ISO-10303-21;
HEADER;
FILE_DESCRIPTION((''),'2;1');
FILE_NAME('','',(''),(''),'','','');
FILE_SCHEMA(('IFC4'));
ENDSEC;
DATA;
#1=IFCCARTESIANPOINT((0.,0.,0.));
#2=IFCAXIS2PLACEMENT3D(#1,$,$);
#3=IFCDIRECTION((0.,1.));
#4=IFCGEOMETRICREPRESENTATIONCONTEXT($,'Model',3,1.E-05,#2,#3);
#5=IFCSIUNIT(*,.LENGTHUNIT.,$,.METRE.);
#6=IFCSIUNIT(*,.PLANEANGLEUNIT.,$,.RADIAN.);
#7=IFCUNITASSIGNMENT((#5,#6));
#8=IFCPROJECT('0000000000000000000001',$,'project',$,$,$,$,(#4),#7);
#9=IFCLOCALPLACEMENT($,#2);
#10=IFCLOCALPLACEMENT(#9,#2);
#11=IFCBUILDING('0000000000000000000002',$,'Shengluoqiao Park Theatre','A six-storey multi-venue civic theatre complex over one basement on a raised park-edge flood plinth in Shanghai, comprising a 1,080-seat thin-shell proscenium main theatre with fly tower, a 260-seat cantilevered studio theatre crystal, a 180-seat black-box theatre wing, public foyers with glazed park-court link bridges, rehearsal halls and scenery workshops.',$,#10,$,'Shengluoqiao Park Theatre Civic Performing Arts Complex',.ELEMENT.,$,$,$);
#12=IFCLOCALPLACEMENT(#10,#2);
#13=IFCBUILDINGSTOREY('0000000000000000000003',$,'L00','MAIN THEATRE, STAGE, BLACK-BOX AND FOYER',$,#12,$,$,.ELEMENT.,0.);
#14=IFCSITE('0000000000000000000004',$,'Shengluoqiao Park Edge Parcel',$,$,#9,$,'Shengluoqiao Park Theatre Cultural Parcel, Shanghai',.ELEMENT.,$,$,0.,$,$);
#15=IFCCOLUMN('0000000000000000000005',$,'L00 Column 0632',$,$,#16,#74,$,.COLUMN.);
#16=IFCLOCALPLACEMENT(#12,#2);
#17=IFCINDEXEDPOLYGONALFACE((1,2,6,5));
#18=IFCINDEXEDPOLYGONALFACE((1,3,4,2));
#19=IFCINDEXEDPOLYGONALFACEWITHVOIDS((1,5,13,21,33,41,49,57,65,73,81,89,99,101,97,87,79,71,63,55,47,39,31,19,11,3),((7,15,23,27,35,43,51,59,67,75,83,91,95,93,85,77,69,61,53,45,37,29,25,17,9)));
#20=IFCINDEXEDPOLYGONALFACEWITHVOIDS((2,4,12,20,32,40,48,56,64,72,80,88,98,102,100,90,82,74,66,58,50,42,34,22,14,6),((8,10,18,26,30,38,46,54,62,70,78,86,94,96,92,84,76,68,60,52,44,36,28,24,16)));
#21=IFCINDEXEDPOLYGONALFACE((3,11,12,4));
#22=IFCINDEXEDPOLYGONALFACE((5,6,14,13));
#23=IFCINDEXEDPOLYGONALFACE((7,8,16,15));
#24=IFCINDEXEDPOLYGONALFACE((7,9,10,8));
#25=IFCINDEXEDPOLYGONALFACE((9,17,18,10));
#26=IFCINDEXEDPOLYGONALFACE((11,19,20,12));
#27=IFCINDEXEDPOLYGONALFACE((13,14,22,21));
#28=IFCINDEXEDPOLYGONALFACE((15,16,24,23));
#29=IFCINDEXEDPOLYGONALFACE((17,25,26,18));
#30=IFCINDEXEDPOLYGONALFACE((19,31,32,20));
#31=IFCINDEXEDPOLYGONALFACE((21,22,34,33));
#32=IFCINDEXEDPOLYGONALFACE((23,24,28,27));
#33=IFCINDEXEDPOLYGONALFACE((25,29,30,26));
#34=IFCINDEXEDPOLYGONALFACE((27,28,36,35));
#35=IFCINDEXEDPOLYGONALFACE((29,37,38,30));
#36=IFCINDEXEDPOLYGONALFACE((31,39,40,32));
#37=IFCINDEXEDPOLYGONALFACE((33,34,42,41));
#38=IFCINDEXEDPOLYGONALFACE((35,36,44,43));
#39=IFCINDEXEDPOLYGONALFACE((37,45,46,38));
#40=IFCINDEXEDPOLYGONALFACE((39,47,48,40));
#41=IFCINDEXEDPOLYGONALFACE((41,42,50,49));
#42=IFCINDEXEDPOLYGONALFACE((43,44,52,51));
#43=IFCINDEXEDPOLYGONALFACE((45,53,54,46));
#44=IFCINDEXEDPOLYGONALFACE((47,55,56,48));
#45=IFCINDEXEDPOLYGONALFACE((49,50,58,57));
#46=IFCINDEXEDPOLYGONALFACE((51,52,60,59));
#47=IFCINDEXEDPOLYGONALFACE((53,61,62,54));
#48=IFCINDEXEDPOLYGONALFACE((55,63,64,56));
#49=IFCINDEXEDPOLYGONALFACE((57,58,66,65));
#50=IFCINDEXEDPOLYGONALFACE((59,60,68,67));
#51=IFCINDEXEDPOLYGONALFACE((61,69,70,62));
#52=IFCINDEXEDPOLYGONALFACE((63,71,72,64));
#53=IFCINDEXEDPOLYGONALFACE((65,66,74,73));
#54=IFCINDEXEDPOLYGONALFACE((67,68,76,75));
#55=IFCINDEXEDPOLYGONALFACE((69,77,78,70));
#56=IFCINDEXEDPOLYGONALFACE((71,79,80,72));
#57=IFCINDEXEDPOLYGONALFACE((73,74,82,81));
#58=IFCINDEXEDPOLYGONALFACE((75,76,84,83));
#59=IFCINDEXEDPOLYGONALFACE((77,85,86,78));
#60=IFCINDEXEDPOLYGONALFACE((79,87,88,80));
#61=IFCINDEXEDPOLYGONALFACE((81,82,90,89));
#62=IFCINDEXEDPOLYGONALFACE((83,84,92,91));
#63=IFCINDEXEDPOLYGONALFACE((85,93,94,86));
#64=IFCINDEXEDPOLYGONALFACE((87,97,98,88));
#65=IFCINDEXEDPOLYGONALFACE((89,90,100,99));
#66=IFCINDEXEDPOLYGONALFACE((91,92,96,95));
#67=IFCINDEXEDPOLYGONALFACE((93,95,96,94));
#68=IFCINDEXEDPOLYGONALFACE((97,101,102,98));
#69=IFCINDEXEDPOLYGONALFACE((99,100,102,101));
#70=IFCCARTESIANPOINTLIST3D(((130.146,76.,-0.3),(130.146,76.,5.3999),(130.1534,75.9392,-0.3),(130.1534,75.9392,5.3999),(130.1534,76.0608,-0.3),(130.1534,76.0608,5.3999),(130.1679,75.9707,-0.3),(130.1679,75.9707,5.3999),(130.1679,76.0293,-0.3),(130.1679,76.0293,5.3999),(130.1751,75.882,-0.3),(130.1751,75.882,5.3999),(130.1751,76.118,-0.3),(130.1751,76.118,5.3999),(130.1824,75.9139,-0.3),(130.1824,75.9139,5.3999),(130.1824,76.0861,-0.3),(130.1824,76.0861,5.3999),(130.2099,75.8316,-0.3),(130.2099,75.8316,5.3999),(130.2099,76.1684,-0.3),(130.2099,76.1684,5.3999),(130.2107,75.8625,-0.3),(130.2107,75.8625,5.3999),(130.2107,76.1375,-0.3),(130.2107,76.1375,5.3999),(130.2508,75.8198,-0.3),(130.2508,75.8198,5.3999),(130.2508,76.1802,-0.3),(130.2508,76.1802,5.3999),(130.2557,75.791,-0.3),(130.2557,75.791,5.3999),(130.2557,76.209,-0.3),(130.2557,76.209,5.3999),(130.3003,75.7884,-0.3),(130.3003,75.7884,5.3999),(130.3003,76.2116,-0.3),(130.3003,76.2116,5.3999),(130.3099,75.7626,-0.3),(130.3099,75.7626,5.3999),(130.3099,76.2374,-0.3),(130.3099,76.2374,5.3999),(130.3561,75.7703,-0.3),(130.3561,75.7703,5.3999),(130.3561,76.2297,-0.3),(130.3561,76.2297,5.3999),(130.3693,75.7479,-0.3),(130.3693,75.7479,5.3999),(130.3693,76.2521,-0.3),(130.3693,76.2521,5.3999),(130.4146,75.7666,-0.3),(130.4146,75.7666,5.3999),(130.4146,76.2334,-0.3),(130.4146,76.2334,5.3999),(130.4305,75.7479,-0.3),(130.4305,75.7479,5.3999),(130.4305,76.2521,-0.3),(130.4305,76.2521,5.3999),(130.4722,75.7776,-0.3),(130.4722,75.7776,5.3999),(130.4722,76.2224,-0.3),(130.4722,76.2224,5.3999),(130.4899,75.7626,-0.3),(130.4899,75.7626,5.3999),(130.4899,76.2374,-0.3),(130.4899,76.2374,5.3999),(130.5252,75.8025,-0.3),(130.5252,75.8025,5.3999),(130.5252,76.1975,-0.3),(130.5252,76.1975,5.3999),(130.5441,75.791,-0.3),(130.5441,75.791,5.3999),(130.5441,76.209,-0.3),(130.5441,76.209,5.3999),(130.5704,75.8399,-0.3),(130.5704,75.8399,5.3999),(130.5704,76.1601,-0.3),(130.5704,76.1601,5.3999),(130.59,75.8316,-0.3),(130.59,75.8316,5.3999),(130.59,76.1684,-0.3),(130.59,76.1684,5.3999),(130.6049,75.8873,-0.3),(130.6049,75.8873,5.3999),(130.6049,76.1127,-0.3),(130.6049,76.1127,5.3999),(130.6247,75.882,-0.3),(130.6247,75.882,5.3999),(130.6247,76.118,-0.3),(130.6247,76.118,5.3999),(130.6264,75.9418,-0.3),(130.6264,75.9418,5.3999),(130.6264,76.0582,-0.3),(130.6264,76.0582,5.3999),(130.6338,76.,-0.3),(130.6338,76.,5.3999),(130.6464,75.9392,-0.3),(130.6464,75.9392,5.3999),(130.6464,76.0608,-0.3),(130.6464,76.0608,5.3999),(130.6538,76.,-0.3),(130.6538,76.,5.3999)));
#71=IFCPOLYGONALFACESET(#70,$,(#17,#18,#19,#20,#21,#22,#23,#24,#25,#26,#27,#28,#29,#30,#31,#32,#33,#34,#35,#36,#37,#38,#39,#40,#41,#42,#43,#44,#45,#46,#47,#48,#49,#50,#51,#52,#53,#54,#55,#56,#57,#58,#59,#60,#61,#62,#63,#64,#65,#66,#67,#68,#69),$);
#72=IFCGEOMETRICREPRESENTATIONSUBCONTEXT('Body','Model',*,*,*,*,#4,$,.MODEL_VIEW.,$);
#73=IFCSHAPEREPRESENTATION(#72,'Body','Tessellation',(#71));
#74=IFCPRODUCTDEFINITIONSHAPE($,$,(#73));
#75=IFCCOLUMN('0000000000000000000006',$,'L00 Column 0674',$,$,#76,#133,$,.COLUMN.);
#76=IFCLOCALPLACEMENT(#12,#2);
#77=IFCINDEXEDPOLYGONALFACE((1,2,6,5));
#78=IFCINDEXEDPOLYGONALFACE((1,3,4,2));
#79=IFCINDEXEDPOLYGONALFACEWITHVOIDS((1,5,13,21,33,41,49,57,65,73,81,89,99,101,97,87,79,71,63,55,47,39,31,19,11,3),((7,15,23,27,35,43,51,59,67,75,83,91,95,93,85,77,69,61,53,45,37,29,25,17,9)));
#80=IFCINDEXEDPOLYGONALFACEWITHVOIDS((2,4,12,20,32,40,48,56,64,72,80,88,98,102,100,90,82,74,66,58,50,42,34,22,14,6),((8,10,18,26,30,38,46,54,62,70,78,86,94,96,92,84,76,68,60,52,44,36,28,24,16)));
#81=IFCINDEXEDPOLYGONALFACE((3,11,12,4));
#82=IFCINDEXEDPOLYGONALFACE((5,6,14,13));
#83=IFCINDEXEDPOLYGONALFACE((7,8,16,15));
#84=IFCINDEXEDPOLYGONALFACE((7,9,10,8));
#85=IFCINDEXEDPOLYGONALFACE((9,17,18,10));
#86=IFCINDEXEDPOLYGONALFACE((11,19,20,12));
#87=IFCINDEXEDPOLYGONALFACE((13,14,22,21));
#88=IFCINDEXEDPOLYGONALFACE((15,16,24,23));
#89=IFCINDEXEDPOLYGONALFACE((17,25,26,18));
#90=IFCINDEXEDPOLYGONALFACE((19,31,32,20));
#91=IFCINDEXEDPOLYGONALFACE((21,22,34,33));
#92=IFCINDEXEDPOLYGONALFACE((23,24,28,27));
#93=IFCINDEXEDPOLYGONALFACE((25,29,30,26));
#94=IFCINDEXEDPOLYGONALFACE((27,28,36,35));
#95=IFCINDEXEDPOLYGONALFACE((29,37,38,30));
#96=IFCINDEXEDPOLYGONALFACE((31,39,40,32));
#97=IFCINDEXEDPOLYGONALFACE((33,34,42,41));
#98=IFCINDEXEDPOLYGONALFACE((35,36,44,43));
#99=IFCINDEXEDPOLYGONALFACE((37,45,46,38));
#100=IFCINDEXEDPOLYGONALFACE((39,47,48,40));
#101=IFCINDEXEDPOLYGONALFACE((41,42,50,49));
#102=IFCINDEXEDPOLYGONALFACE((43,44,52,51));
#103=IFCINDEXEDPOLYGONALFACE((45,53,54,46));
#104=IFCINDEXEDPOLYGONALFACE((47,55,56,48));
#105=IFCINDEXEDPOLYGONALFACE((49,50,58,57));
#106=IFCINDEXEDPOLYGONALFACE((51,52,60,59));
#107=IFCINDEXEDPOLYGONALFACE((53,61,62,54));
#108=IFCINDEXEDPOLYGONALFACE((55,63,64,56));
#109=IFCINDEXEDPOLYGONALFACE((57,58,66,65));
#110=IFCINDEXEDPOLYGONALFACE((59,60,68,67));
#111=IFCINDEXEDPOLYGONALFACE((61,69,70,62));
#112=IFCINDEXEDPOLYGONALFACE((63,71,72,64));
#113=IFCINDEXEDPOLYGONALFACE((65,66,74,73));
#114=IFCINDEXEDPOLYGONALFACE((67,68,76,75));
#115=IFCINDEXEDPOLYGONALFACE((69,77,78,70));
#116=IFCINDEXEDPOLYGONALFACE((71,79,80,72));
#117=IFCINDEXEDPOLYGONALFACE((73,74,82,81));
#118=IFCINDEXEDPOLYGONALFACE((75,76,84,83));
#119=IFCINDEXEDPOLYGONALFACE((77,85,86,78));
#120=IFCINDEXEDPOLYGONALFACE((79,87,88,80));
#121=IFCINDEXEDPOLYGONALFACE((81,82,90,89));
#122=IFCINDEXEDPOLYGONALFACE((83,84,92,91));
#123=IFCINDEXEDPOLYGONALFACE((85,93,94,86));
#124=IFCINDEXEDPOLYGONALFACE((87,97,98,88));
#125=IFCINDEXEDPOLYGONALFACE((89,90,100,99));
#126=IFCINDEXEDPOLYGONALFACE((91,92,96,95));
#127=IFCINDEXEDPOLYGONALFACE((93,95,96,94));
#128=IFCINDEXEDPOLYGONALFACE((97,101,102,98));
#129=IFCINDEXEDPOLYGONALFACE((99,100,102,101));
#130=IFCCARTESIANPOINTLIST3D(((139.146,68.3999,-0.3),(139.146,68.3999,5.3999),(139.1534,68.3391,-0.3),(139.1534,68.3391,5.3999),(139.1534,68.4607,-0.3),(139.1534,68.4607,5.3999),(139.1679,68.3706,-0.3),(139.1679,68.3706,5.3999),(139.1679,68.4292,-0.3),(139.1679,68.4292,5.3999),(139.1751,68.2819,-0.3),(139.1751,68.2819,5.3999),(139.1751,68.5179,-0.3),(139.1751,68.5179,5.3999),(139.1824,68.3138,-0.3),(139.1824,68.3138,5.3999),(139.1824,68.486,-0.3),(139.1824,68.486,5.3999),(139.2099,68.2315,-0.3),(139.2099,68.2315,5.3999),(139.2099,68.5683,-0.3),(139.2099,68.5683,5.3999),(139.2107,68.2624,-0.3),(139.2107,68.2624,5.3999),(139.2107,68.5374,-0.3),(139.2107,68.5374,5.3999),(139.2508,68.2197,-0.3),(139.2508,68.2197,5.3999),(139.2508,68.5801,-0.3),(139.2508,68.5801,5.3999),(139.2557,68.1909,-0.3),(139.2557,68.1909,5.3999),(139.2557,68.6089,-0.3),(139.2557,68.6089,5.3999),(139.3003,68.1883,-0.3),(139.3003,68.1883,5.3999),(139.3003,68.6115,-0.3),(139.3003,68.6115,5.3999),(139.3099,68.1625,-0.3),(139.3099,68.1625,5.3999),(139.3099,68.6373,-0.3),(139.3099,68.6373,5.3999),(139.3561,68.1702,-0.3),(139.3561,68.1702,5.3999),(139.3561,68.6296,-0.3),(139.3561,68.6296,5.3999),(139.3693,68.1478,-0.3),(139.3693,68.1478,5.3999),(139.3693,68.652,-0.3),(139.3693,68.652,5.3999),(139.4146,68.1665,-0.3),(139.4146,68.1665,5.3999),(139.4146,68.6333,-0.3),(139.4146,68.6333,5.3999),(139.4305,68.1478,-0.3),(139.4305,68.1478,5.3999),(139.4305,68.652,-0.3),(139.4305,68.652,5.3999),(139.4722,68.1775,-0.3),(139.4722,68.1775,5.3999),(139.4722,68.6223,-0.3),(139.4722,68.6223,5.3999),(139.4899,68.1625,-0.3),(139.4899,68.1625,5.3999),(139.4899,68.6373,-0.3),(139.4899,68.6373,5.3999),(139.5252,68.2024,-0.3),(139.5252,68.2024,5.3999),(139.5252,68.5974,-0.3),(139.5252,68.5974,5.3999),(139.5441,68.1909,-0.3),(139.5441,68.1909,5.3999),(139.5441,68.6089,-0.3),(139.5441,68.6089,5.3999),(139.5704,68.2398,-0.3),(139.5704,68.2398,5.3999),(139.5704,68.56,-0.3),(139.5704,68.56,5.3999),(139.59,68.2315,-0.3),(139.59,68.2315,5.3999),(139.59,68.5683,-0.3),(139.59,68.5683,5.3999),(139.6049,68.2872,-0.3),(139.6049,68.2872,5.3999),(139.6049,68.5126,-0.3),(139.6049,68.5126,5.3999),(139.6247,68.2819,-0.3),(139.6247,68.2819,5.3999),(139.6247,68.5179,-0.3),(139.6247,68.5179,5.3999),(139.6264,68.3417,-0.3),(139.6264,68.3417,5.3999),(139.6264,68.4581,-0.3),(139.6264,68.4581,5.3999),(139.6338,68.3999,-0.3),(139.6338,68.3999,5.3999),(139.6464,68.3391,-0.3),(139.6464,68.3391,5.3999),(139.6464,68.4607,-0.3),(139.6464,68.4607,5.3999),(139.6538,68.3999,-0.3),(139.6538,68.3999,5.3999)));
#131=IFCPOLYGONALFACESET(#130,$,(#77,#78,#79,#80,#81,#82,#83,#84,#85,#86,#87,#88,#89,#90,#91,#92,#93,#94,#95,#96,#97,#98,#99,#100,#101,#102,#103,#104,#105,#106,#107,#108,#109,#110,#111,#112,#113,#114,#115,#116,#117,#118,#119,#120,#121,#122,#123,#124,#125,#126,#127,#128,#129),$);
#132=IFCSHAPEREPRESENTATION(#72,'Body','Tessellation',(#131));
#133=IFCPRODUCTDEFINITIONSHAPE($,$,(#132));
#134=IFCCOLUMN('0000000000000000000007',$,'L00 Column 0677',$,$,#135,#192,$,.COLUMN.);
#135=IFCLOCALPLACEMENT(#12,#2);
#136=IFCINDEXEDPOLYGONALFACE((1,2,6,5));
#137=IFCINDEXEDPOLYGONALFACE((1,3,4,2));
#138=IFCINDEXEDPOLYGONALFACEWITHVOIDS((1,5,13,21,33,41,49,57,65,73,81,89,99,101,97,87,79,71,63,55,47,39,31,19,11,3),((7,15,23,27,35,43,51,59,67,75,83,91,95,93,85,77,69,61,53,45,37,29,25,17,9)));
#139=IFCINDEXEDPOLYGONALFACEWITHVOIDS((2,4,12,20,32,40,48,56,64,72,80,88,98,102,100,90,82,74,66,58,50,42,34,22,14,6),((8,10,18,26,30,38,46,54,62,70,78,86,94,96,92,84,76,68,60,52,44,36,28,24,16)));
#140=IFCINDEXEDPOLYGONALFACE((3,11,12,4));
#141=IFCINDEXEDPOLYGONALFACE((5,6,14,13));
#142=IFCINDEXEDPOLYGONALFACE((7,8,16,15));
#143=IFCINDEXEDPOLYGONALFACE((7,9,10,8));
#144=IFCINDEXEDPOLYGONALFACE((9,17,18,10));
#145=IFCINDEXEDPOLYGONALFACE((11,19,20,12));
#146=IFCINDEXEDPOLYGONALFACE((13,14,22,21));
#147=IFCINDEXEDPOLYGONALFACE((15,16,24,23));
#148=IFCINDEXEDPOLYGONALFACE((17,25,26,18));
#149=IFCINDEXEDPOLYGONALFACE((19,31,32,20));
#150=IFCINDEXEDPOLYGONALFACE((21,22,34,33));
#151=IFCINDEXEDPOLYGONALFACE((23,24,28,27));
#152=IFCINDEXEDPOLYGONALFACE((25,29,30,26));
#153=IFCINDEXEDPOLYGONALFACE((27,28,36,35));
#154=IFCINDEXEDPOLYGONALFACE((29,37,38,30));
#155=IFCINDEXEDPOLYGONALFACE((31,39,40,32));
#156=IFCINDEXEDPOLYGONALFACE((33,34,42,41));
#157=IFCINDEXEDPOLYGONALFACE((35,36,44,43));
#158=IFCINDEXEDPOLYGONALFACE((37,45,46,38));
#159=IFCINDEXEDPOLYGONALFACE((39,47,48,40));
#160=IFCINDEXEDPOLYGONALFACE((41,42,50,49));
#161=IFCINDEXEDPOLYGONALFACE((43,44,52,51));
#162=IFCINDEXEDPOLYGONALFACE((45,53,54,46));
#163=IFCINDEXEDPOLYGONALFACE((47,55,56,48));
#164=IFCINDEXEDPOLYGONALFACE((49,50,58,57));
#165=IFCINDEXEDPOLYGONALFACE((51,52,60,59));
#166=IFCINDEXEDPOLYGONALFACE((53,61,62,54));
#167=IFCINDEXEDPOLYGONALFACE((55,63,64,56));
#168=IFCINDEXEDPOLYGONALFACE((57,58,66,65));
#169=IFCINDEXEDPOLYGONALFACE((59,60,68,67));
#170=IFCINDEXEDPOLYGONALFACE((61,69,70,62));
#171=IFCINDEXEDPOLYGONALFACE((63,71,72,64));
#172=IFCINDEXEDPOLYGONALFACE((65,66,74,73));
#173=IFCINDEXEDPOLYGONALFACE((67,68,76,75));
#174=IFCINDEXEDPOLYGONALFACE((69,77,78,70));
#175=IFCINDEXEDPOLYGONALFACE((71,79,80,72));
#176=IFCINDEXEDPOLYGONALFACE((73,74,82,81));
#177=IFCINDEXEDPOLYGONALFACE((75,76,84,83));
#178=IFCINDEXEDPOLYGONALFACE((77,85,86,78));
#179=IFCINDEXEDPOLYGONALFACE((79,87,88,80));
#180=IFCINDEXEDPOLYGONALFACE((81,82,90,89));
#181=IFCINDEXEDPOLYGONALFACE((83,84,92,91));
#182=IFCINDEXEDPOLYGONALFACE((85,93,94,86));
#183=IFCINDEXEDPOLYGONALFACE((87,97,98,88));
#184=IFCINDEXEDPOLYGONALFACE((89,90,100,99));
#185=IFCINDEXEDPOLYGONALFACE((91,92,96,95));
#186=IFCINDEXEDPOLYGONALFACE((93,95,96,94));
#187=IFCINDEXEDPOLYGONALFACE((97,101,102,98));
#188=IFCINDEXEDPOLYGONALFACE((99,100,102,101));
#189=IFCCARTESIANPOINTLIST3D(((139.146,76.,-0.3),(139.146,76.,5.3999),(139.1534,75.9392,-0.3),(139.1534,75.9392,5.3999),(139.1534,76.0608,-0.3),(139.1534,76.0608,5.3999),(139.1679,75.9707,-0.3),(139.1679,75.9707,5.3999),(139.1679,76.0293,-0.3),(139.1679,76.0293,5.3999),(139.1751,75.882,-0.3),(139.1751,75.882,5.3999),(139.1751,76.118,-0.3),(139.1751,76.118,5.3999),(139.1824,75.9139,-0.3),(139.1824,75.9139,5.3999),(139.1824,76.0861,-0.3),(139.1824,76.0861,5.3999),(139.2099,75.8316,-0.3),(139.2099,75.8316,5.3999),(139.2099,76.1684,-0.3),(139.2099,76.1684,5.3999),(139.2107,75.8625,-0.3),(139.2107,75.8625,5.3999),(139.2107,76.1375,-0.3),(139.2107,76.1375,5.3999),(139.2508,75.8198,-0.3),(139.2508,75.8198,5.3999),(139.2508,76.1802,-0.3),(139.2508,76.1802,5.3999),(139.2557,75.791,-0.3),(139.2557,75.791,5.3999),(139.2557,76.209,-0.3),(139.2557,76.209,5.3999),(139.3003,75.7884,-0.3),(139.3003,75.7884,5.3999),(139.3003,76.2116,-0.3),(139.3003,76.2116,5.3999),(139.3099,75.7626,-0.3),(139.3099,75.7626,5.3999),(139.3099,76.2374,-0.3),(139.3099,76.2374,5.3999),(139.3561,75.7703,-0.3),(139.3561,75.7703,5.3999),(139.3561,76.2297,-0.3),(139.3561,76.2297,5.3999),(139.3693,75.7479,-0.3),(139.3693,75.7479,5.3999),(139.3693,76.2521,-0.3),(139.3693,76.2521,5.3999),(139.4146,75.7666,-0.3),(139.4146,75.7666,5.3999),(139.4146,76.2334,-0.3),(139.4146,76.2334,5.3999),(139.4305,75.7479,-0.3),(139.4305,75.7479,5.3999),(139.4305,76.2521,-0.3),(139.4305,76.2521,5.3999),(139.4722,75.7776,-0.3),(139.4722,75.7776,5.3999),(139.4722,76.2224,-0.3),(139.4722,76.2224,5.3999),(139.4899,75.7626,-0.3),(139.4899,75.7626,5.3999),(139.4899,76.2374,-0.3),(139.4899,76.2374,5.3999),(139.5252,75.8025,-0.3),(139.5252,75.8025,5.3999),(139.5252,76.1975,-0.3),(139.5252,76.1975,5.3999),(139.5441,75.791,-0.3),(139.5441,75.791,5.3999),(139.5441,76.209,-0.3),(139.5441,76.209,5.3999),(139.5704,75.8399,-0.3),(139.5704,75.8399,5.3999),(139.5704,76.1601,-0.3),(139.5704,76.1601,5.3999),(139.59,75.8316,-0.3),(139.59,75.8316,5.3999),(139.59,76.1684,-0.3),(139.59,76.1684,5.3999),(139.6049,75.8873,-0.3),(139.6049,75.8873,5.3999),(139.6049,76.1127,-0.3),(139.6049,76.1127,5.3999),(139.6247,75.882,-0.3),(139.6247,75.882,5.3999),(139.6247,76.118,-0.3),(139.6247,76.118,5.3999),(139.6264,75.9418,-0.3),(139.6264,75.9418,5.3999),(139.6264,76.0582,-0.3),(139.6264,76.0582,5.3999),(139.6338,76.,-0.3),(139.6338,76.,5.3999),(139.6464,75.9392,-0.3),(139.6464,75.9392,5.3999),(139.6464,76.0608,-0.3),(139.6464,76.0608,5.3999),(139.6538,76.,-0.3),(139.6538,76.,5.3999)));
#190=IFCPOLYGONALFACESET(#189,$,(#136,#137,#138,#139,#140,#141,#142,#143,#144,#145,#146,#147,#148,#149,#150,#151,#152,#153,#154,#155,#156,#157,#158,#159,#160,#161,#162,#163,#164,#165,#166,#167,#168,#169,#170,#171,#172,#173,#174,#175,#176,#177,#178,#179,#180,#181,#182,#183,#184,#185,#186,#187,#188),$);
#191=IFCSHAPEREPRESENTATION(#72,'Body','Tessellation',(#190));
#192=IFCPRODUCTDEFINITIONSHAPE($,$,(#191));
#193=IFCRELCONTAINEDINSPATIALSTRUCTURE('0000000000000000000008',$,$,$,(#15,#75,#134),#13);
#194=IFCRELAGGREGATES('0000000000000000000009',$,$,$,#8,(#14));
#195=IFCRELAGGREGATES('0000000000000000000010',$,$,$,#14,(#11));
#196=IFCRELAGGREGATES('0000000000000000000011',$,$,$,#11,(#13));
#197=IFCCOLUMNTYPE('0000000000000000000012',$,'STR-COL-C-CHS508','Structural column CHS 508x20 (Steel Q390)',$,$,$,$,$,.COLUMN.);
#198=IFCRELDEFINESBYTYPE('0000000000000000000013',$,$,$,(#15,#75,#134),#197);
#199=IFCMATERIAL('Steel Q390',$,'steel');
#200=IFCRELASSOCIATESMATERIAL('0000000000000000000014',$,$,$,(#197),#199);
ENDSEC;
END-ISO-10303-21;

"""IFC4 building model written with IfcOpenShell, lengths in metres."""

from ifc_helpers import new_model, si_unit, direction, frame, origin, origin_2d, place, context, subcontext, project, spatial, hollow_circle, extrude, material, material_profile, profile_set, type_object, element, save


model = new_model("IFC4")

# Units and contexts
model_context = context("Model", 3, precision=1e-05, world=origin(), true_north=direction((0.0, 1.0)))
body_context = subcontext(model_context, "Body", "Model", "MODEL_VIEW")
ifc_project = project(units=[si_unit("LENGTHUNIT", "METRE"), si_unit("PLANEANGLEUNIT", "RADIAN")], contexts=[model_context])

# Site, building, storey
site_placement = place(None, origin())
site = spatial("IfcSite", under=ifc_project, at=site_placement, Name="Shengluoqiao Park Edge Parcel", LongName="Shengluoqiao Park Theatre Cultural Parcel, Shanghai", CompositionType="ELEMENT", RefElevation=0.0)
building_placement = place(site_placement, origin())
building = spatial("IfcBuilding", under=site, at=building_placement, Name="Shengluoqiao Park Theatre", Description="A six-storey multi-venue civic theatre complex over one basement on a raised park-edge flood plinth in Shanghai, comprising a 1,080-seat thin-shell proscenium main theatre with fly tower, a 260-seat cantilevered studio theatre crystal, a 180-seat black-box theatre wing, public foyers with glazed park-court link bridges, rehearsal halls and scenery workshops.", LongName="Shengluoqiao Park Theatre Civic Performing Arts Complex", CompositionType="ELEMENT")
storey_placement = place(building_placement, origin())
storey = spatial("IfcBuildingStorey", under=building, at=storey_placement, Name="L00", Description="MAIN THEATRE, STAGE, BLACK-BOX AND FOYER", CompositionType="ELEMENT", Elevation=0.0)

# Columns
ifc_material_1 = material(Name="Steel Q390", Category="steel")
ifc_material_profile_1 = material_profile(ifc_material_1, hollow_circle(Radius=0.2539, WallThickness=0.02, at=origin_2d()), Name="CHS 508x20")
ifc_profile_set_1 = profile_set([ifc_material_profile_1], Name="Steel Q390")
column_type_1 = type_object("IfcColumnType", Name="STR-COL-C-CHS508", Description="Structural column CHS 508x20 (Steel Q390)", PredefinedType="COLUMN", material=ifc_profile_set_1)
for number, where, z_axis, x_axis, name in (
    (1, (130.3999, 76.0, -0.3), (0.0, 0.0, 1.0), (1.0, 0.0, 0.0), "L00 Column 0632"),
    (2, (139.3999, 68.3999, -0.3), (0.0, 0.0, 1.0), (1.0, 0.0, 0.0), "L00 Column 0674"),
    (3, (139.3999, 76.0, -0.3), (0.0, 0.0, 1.0), (1.0, 0.0, 0.0), "L00 Column 0677"),
):
    element("IfcColumn", number, at=place(storey_placement, frame(where, z_axis=z_axis, x_axis=x_axis)), inside=storey, type_object=column_type_1, Name=name, PredefinedType="COLUMN", context=body_context, shape_type="SweptSolid", body=[
        extrude(hollow_circle(Radius=0.2539, WallThickness=0.02, at=origin_2d()), origin(), (0.0, 0.0, 1.0), 5.7),
    ])

save(model, "model.ifc")
